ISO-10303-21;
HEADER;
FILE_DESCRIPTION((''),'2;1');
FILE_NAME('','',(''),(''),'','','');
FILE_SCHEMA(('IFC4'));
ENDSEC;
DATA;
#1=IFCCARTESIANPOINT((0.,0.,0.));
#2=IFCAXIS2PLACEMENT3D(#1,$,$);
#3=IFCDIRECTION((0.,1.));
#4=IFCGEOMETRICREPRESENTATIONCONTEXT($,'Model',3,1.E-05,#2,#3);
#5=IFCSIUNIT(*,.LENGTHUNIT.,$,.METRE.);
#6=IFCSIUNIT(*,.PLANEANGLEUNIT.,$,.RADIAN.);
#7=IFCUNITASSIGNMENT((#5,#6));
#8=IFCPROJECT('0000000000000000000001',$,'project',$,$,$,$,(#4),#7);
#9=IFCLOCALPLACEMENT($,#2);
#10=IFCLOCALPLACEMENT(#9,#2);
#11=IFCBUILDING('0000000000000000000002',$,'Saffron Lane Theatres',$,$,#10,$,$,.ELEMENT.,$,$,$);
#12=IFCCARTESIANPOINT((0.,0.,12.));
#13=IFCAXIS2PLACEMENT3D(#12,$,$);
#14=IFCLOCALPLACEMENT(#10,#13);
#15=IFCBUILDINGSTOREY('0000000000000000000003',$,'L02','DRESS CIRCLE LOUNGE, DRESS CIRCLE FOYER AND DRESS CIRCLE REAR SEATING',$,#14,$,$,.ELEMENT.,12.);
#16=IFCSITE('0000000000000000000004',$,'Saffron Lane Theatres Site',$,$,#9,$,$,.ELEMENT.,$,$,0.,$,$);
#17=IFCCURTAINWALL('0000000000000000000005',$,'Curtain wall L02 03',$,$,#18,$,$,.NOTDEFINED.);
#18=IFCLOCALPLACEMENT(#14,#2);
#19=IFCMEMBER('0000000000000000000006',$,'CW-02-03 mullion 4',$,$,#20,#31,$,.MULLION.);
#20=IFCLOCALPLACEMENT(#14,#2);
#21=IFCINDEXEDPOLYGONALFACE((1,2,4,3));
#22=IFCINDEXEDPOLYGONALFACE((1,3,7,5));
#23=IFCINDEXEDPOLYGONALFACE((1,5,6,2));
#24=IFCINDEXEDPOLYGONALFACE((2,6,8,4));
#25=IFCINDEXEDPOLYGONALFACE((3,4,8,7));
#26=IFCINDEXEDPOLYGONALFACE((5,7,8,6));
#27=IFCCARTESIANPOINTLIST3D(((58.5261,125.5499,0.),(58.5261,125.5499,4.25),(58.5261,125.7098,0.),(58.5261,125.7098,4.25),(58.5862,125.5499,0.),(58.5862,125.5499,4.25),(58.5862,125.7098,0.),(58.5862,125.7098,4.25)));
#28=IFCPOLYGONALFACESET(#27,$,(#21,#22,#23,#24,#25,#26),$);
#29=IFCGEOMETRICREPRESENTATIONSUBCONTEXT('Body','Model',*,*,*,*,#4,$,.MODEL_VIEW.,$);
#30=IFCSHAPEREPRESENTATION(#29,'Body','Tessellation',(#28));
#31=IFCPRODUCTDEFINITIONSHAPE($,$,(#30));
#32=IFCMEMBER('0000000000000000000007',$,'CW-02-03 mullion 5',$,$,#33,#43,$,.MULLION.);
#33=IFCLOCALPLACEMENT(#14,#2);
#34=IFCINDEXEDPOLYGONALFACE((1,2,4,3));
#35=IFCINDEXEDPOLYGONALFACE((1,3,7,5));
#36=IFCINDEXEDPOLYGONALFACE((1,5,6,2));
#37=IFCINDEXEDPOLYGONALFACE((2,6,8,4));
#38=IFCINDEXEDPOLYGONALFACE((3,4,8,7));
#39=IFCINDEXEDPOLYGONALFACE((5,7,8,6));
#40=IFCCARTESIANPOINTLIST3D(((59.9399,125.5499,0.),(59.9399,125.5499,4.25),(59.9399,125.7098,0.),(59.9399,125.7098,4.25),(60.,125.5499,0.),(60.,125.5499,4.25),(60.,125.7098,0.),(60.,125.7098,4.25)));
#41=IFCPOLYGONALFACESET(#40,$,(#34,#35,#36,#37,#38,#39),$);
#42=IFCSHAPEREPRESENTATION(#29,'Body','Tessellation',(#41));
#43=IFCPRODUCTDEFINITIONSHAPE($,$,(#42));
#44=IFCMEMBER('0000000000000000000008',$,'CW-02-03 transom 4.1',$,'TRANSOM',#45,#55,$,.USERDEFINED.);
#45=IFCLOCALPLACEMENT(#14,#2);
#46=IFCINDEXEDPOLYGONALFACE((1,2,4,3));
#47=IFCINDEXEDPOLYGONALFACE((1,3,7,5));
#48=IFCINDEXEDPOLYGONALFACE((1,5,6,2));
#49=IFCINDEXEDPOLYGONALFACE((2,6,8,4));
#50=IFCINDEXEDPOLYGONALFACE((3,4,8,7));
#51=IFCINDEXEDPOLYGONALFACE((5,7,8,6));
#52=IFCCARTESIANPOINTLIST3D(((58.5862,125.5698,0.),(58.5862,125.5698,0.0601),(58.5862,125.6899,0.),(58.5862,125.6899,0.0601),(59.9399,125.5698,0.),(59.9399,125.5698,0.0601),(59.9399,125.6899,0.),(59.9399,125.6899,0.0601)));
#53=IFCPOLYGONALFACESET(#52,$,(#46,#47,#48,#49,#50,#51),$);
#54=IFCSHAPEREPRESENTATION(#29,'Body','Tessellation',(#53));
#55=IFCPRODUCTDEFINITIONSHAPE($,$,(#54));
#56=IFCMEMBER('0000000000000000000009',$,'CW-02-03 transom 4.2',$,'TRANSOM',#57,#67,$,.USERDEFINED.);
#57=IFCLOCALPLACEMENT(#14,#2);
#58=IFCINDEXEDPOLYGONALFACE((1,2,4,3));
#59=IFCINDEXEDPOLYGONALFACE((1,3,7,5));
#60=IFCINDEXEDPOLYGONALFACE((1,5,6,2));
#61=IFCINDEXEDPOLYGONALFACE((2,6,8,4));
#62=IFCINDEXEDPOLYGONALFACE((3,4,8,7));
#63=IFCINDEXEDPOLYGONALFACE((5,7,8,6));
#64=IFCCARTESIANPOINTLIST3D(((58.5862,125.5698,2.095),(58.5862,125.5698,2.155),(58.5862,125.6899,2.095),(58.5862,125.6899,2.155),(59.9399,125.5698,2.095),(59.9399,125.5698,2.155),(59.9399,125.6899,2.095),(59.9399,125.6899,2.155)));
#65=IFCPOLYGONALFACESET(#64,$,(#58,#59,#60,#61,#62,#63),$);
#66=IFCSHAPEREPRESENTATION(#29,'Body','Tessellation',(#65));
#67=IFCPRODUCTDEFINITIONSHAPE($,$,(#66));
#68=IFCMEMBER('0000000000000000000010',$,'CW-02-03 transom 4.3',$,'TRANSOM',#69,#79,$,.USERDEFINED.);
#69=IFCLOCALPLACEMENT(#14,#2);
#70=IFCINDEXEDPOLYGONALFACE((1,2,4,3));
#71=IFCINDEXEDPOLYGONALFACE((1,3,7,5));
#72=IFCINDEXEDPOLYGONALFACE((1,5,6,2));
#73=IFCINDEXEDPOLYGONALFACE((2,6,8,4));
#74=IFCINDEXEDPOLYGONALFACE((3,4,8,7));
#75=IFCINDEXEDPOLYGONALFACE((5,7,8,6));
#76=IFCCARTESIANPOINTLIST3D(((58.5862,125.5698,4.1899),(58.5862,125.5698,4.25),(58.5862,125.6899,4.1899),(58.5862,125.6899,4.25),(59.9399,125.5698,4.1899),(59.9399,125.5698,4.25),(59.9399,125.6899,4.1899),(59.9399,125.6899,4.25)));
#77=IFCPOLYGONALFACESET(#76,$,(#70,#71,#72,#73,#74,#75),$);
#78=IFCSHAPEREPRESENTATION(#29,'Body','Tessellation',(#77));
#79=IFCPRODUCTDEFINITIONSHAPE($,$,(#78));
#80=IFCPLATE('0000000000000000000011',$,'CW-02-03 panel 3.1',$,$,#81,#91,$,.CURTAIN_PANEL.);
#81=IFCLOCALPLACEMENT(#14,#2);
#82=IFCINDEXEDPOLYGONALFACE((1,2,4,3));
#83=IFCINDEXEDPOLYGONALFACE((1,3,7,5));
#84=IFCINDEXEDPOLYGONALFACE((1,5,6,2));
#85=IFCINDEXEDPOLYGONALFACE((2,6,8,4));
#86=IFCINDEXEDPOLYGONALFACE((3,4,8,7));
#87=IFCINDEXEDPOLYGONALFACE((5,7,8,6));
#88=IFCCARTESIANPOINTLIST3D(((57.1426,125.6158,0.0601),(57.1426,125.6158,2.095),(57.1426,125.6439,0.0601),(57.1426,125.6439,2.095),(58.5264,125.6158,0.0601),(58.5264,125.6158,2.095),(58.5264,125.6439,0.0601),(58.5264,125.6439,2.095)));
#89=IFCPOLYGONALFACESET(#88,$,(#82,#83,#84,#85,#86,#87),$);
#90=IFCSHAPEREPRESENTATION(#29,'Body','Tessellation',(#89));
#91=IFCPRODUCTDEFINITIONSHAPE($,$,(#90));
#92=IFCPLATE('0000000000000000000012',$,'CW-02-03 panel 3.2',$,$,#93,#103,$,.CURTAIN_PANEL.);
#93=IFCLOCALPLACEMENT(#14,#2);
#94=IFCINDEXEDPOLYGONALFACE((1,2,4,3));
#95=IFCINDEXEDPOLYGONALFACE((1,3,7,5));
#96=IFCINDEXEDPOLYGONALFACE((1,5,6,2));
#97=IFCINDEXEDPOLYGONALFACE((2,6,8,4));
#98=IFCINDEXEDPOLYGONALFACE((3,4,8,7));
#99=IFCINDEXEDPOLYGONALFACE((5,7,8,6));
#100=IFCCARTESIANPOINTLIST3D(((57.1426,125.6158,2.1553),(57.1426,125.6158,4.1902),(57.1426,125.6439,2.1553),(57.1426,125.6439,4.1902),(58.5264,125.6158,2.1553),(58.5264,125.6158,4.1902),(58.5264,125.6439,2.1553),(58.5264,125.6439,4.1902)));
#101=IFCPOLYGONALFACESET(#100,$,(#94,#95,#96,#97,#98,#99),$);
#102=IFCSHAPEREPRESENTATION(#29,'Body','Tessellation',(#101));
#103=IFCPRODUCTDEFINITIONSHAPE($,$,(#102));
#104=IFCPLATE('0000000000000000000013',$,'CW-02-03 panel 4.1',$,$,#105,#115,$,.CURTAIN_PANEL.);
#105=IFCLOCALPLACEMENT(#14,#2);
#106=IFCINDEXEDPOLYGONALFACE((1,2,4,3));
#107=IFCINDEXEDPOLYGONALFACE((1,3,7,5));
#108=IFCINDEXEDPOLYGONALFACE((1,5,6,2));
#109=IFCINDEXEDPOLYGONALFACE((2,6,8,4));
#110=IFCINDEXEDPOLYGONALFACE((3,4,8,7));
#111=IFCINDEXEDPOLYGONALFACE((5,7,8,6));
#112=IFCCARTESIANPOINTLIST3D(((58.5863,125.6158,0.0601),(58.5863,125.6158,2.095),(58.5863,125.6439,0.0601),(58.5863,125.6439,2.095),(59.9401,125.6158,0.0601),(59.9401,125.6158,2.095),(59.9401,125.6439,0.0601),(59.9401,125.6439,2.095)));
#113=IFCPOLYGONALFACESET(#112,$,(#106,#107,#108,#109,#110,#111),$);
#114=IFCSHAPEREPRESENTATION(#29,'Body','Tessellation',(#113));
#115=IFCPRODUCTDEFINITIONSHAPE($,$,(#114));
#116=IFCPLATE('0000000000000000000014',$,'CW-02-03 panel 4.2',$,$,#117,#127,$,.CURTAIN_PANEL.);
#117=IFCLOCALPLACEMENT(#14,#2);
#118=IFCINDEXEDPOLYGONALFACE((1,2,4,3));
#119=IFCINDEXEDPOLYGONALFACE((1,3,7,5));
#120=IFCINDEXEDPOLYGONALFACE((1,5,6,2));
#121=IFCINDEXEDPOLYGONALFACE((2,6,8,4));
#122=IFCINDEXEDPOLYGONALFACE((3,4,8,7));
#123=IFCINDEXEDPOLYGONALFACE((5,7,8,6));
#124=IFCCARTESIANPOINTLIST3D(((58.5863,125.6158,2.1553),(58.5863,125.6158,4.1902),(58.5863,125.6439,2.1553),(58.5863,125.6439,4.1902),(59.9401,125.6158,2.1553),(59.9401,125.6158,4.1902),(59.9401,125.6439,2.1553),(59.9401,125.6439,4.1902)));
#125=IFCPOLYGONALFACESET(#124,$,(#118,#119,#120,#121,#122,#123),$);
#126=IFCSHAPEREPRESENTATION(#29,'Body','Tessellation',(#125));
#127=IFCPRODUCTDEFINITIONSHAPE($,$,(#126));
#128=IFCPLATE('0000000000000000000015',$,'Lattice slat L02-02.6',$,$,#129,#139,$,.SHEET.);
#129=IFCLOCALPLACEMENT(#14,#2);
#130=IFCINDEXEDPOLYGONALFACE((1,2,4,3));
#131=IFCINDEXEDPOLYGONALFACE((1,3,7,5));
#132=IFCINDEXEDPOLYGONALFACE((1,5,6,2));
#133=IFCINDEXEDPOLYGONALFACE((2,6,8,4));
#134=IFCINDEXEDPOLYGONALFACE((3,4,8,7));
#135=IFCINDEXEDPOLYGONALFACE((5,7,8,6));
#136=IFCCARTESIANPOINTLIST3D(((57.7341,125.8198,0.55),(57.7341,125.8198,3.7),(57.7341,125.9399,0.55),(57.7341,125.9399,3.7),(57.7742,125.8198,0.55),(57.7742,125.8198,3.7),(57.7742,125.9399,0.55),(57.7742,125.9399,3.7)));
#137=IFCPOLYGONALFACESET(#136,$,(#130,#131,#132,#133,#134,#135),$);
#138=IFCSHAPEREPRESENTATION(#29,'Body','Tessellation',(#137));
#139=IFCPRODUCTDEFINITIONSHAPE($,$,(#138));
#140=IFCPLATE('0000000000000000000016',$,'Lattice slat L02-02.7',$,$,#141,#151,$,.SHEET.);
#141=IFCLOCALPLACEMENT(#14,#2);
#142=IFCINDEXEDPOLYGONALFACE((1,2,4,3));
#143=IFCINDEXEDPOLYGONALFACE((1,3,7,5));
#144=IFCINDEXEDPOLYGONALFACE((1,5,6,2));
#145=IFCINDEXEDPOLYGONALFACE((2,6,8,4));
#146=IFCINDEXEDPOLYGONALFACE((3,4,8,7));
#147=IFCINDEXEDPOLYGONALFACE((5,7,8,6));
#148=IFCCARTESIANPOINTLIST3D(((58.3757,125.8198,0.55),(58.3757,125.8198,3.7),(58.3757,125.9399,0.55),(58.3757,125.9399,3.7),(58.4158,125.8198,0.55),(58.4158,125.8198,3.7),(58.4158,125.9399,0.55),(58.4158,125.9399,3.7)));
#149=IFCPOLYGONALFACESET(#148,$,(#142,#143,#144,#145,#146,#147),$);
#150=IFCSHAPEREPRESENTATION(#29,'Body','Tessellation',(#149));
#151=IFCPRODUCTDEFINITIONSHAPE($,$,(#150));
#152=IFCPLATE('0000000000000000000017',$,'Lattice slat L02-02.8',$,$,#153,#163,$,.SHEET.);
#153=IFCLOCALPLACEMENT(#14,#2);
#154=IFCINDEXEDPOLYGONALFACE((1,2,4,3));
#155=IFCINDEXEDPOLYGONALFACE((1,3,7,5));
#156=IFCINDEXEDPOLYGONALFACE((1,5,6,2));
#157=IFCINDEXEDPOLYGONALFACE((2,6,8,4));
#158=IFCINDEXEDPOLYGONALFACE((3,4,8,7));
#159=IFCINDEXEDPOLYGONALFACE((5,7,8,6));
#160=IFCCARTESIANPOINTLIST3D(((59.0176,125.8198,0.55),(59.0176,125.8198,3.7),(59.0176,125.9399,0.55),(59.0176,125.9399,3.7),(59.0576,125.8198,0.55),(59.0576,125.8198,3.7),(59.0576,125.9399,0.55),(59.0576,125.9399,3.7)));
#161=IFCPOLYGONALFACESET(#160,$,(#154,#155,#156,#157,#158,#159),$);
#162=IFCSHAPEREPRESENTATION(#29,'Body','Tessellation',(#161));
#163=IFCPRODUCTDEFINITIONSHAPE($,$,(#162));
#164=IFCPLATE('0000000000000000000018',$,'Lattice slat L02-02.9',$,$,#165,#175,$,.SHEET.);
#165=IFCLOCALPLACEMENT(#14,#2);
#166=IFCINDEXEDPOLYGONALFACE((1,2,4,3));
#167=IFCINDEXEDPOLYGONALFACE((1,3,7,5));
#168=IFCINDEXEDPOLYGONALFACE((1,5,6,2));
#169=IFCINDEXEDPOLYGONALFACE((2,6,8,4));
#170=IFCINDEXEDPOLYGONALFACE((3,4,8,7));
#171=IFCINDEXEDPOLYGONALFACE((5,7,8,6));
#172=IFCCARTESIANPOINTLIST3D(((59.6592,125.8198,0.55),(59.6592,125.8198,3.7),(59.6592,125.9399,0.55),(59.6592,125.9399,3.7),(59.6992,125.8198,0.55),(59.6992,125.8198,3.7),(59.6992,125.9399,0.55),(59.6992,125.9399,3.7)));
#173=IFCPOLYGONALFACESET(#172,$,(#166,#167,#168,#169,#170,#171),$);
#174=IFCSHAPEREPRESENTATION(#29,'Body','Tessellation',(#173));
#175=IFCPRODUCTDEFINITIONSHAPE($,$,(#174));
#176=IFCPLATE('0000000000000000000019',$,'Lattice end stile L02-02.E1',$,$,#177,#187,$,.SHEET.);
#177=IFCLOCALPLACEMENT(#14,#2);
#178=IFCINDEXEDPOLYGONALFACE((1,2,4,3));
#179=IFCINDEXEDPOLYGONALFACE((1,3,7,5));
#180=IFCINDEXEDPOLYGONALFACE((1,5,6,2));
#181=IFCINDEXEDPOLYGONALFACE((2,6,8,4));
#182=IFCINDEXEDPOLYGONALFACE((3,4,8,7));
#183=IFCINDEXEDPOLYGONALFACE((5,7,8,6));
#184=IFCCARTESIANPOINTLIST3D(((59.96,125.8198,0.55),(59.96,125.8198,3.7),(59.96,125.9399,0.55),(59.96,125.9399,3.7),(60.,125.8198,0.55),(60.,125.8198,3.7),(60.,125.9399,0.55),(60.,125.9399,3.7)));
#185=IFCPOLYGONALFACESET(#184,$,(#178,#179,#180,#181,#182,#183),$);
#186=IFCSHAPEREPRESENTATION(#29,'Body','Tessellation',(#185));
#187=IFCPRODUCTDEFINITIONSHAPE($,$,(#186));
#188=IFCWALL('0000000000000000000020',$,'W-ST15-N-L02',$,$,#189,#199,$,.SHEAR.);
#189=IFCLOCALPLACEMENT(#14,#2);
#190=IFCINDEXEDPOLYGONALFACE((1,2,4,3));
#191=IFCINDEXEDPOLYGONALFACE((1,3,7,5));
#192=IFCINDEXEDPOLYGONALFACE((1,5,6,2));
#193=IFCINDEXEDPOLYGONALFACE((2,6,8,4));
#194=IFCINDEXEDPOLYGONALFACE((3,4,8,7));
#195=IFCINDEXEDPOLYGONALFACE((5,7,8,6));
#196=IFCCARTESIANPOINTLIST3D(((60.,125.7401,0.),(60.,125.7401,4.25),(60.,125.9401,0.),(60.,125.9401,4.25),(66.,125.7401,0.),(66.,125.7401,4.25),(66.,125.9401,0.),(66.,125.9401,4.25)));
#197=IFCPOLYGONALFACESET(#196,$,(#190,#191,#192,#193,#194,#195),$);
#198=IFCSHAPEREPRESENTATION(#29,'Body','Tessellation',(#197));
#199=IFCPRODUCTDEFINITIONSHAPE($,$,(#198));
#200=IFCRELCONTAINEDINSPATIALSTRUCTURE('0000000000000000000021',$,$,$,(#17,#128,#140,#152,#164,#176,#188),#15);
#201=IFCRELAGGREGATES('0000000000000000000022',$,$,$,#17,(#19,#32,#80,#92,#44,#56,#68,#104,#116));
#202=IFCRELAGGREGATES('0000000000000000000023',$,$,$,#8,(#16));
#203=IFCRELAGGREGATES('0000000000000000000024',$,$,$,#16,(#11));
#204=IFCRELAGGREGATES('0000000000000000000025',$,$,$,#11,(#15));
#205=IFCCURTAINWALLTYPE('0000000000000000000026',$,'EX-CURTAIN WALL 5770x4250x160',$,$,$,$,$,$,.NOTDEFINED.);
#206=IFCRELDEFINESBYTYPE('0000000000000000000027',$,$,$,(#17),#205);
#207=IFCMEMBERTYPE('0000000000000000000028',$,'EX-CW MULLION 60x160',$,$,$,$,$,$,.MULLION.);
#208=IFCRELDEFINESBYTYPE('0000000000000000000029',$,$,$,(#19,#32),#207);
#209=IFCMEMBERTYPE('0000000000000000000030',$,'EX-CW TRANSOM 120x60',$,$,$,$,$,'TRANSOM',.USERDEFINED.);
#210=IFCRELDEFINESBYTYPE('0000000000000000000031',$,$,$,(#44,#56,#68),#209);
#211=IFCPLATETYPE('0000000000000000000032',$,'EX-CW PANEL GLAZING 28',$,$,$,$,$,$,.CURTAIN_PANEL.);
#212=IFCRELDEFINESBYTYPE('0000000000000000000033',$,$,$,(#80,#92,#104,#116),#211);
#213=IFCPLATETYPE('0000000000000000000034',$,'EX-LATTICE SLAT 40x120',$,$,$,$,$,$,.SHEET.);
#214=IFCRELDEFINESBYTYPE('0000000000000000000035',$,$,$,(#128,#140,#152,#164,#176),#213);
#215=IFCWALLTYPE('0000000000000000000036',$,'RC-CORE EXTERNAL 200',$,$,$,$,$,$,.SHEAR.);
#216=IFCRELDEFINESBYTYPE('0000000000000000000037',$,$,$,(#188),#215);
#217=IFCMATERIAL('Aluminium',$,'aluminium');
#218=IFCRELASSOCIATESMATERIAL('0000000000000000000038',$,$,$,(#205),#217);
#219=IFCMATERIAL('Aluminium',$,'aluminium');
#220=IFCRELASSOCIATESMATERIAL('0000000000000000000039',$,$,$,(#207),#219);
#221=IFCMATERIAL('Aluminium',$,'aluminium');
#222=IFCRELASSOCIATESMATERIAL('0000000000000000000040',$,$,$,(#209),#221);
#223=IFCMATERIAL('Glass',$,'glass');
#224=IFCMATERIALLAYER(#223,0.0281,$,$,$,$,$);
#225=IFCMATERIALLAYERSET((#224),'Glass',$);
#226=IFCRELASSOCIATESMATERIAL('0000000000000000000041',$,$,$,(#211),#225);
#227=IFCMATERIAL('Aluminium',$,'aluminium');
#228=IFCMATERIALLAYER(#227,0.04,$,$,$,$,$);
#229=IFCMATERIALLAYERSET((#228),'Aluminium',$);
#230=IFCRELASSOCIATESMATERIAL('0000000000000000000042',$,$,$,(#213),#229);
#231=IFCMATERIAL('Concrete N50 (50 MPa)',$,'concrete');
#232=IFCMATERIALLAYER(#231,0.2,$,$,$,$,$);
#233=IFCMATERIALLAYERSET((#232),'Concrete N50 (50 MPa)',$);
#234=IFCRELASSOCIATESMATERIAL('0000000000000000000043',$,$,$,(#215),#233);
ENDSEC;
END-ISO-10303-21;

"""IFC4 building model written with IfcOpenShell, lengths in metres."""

from ifc_helpers import new_model, si_unit, direction, frame, frame_2d, origin, origin_2d, place, context, subcontext, project, spatial, rectangle, extrude, material, layer, layer_set, material_profile, profile_set, type_object, element, aggregate, save


model = new_model("IFC4")

# Units and contexts
model_context = context("Model", 3, precision=1e-05, world=origin(), true_north=direction((0.0, 1.0)))
body_context = subcontext(model_context, "Body", "Model", "MODEL_VIEW")
ifc_project = project(units=[si_unit("LENGTHUNIT", "METRE"), si_unit("PLANEANGLEUNIT", "RADIAN")], contexts=[model_context])

# Site, building, storey
site_placement = place(None, origin())
site = spatial("IfcSite", under=ifc_project, at=site_placement, Name="Saffron Lane Theatres Site", CompositionType="ELEMENT", RefElevation=0.0)
building_placement = place(site_placement, origin())
building = spatial("IfcBuilding", under=site, at=building_placement, Name="Saffron Lane Theatres", CompositionType="ELEMENT")
storey_placement = place(building_placement, frame((0.0, 0.0, 12.0)))
storey = spatial("IfcBuildingStorey", under=building, at=storey_placement, Name="L02", Description="DRESS CIRCLE LOUNGE, DRESS CIRCLE FOYER AND DRESS CIRCLE REAR SEATING", CompositionType="ELEMENT", Elevation=12.0)

# Curtain wall, members, plates
ifc_material_1 = material(Name="Aluminium", Category="aluminium")
curtain_wall_type = type_object("IfcCurtainWallType", Name="EX-CURTAIN WALL 5770x4250x160", PredefinedType="NOTDEFINED", material=ifc_material_1)
curtain_wall_placement = place(storey_placement, origin())
curtain_wall = element("IfcCurtainWall", 1, at=curtain_wall_placement, inside=storey, type_object=curtain_wall_type, Name="Curtain wall L02 03", PredefinedType="NOTDEFINED")
ifc_material_2 = material(Name="Aluminium", Category="aluminium")
ifc_material_profile_1 = material_profile(ifc_material_2, rectangle(XDim=0.0601, YDim=0.1599, at=origin_2d()))
ifc_profile_set_1 = profile_set([ifc_material_profile_1], Name="Aluminium")
member_type_1 = type_object("IfcMemberType", Name="EX-CW MULLION 60x160", PredefinedType="MULLION", material=ifc_profile_set_1)
member_1_placement = place(storey_placement, frame((58.5562, 125.6299, 0.0), z_axis=(0.0, 0.0, 1.0), x_axis=(1.0, 0.0, 0.0)))
member_1 = element("IfcMember", 2, at=member_1_placement, type_object=member_type_1, Name="CW-02-03 mullion 4", PredefinedType="MULLION", context=body_context, shape_type="SweptSolid", body=[
    extrude(rectangle(XDim=0.0601, YDim=0.1599, at=origin_2d()), origin(), (0.0, 0.0, 1.0), 4.25),
])
member_2_placement = place(storey_placement, frame((59.97, 125.6299, 0.0), z_axis=(0.0, 0.0, 1.0), x_axis=(1.0, 0.0, 0.0)))
member_2 = element("IfcMember", 3, at=member_2_placement, type_object=member_type_1, Name="CW-02-03 mullion 5", PredefinedType="MULLION", context=body_context, shape_type="SweptSolid", body=[
    extrude(rectangle(XDim=0.0601, YDim=0.1599, at=origin_2d()), origin(), (0.0, 0.0, 1.0), 4.25),
])
ifc_material_3 = material(Name="Aluminium", Category="aluminium")
ifc_material_profile_2 = material_profile(ifc_material_3, rectangle(XDim=0.1201, YDim=0.0601, at=origin_2d()))
ifc_profile_set_2 = profile_set([ifc_material_profile_2], Name="Aluminium")
member_type_2 = type_object("IfcMemberType", Name="EX-CW TRANSOM 120x60", ElementType="TRANSOM", PredefinedType="USERDEFINED", material=ifc_profile_set_2)
member_3_placement = place(storey_placement, frame((58.5862, 125.6299, 0.03), z_axis=(1.0, 0.0, 0.0), x_axis=(0.0, 1.0, 0.0)))
member_3 = element("IfcMember", 4, at=member_3_placement, type_object=member_type_2, Name="CW-02-03 transom 4.1", ObjectType="TRANSOM", PredefinedType="USERDEFINED", context=body_context, shape_type="SweptSolid", body=[
    extrude(rectangle(XDim=0.1201, YDim=0.0601, at=origin_2d()), origin(), (0.0, 0.0, 1.0), 1.3538),
])
member_4_placement = place(storey_placement, frame((58.5862, 125.6299, 2.125), z_axis=(1.0, 0.0, 0.0), x_axis=(0.0, 1.0, 0.0)))
member_4 = element("IfcMember", 5, at=member_4_placement, type_object=member_type_2, Name="CW-02-03 transom 4.2", ObjectType="TRANSOM", PredefinedType="USERDEFINED", context=body_context, shape_type="SweptSolid", body=[
    extrude(rectangle(XDim=0.1201, YDim=0.0601, at=origin_2d()), origin(), (0.0, 0.0, 1.0), 1.3538),
])
member_5_placement = place(storey_placement, frame((58.5862, 125.6299, 4.22), z_axis=(1.0, 0.0, 0.0), x_axis=(0.0, 1.0, 0.0)))
member_5 = element("IfcMember", 6, at=member_5_placement, type_object=member_type_2, Name="CW-02-03 transom 4.3", ObjectType="TRANSOM", PredefinedType="USERDEFINED", context=body_context, shape_type="SweptSolid", body=[
    extrude(rectangle(XDim=0.1201, YDim=0.0601, at=origin_2d()), origin(), (0.0, 0.0, 1.0), 1.3538),
])
ifc_material_4 = material(Name="Glass", Category="glass")
ifc_layer_1 = layer(ifc_material_4, 0.0281)
ifc_layer_set_1 = layer_set([ifc_layer_1], Name="Glass")
plate_type_1 = type_object("IfcPlateType", Name="EX-CW PANEL GLAZING 28", PredefinedType="CURTAIN_PANEL", material=ifc_layer_set_1)
plate_1_placement = place(storey_placement, frame((57.8345, 125.6299, 0.0601), z_axis=(0.0, 0.0, 1.0), x_axis=(1.0, 0.0, 0.0)))
plate_1 = element("IfcPlate", 7, at=plate_1_placement, type_object=plate_type_1, Name="CW-02-03 panel 3.1", PredefinedType="CURTAIN_PANEL", context=body_context, shape_type="SweptSolid", body=[
    extrude(rectangle(XDim=1.3838, YDim=0.0281, at=origin_2d()), origin(), (0.0, 0.0, 1.0), 2.0349),
])
plate_2_placement = place(storey_placement, frame((57.8345, 125.6299, 2.1553), z_axis=(0.0, 0.0, 1.0), x_axis=(1.0, 0.0, 0.0)))
plate_2 = element("IfcPlate", 8, at=plate_2_placement, type_object=plate_type_1, Name="CW-02-03 panel 3.2", PredefinedType="CURTAIN_PANEL", context=body_context, shape_type="SweptSolid", body=[
    extrude(rectangle(XDim=1.3838, YDim=0.0281, at=origin_2d()), origin(), (0.0, 0.0, 1.0), 2.0349),
])
plate_3_placement = place(storey_placement, frame((59.2632, 125.6299, 0.0601), z_axis=(0.0, 0.0, 1.0), x_axis=(1.0, 0.0, 0.0)))
plate_3 = element("IfcPlate", 9, at=plate_3_placement, type_object=plate_type_1, Name="CW-02-03 panel 4.1", PredefinedType="CURTAIN_PANEL", context=body_context, shape_type="SweptSolid", body=[
    extrude(rectangle(XDim=1.3538, YDim=0.0281, at=origin_2d()), origin(), (0.0, 0.0, 1.0), 2.0349),
])
plate_4_placement = place(storey_placement, frame((59.2632, 125.6299, 2.1553), z_axis=(0.0, 0.0, 1.0), x_axis=(1.0, 0.0, 0.0)))
plate_4 = element("IfcPlate", 10, at=plate_4_placement, type_object=plate_type_1, Name="CW-02-03 panel 4.2", PredefinedType="CURTAIN_PANEL", context=body_context, shape_type="SweptSolid", body=[
    extrude(rectangle(XDim=1.3538, YDim=0.0281, at=origin_2d()), origin(), (0.0, 0.0, 1.0), 2.0349),
])
aggregate(curtain_wall, [member_1, member_2, plate_1, plate_2, member_3, member_4, member_5, plate_3, plate_4])

# Plates
ifc_material_5 = material(Name="Aluminium", Category="aluminium")
ifc_layer_2 = layer(ifc_material_5, 0.04)
ifc_layer_set_2 = layer_set([ifc_layer_2], Name="Aluminium")
plate_type_2 = type_object("IfcPlateType", Name="EX-LATTICE SLAT 40x120", PredefinedType="SHEET", material=ifc_layer_set_2)
for number, where, z_axis, x_axis, name in (
    (11, (57.7542, 125.8799, 0.55), (0.0, 0.0, 1.0), (1.0, 0.0, 0.0), "Lattice slat L02-02.6"),
    (12, (58.3958, 125.8799, 0.55), (0.0, 0.0, 1.0), (1.0, 0.0, 0.0), "Lattice slat L02-02.7"),
    (13, (59.0376, 125.8799, 0.55), (0.0, 0.0, 1.0), (1.0, 0.0, 0.0), "Lattice slat L02-02.8"),
    (14, (59.6792, 125.8799, 0.55), (0.0, 0.0, 1.0), (1.0, 0.0, 0.0), "Lattice slat L02-02.9"),
    (15, (59.98, 125.8799, 0.55), (0.0, 0.0, 1.0), (1.0, 0.0, 0.0), "Lattice end stile L02-02.E1"),
):
    element("IfcPlate", number, at=place(storey_placement, frame(where, z_axis=z_axis, x_axis=x_axis)), inside=storey, type_object=plate_type_2, Name=name, PredefinedType="SHEET", context=body_context, shape_type="SweptSolid", body=[
        extrude(rectangle(XDim=0.04, YDim=0.1201, at=origin_2d()), origin(), (0.0, 0.0, 1.0), 3.1499),
    ])

# Wall
ifc_material_6 = material(Name="Concrete N50 (50 MPa)", Category="concrete")
ifc_layer_3 = layer(ifc_material_6, 0.2)
ifc_layer_set_3 = layer_set([ifc_layer_3], Name="Concrete N50 (50 MPa)")
wall_type = type_object("IfcWallType", Name="RC-CORE EXTERNAL 200", PredefinedType="SHEAR", material=ifc_layer_set_3)
wall_placement = place(storey_placement, frame((60.0, 125.8401, 0.0), z_axis=(0.0, 0.0, 1.0), x_axis=(1.0, 0.0, 0.0)))
element("IfcWall", 16, at=wall_placement, inside=storey, type_object=wall_type, Name="W-ST15-N-L02", PredefinedType="SHEAR", context=body_context, shape_type="SweptSolid", body=[
    extrude(rectangle(XDim=6.0, YDim=0.2, at=frame_2d((3.0, 0.0))), origin(), (0.0, 0.0, 1.0), 4.25),
])

save(model, "model.ifc")
